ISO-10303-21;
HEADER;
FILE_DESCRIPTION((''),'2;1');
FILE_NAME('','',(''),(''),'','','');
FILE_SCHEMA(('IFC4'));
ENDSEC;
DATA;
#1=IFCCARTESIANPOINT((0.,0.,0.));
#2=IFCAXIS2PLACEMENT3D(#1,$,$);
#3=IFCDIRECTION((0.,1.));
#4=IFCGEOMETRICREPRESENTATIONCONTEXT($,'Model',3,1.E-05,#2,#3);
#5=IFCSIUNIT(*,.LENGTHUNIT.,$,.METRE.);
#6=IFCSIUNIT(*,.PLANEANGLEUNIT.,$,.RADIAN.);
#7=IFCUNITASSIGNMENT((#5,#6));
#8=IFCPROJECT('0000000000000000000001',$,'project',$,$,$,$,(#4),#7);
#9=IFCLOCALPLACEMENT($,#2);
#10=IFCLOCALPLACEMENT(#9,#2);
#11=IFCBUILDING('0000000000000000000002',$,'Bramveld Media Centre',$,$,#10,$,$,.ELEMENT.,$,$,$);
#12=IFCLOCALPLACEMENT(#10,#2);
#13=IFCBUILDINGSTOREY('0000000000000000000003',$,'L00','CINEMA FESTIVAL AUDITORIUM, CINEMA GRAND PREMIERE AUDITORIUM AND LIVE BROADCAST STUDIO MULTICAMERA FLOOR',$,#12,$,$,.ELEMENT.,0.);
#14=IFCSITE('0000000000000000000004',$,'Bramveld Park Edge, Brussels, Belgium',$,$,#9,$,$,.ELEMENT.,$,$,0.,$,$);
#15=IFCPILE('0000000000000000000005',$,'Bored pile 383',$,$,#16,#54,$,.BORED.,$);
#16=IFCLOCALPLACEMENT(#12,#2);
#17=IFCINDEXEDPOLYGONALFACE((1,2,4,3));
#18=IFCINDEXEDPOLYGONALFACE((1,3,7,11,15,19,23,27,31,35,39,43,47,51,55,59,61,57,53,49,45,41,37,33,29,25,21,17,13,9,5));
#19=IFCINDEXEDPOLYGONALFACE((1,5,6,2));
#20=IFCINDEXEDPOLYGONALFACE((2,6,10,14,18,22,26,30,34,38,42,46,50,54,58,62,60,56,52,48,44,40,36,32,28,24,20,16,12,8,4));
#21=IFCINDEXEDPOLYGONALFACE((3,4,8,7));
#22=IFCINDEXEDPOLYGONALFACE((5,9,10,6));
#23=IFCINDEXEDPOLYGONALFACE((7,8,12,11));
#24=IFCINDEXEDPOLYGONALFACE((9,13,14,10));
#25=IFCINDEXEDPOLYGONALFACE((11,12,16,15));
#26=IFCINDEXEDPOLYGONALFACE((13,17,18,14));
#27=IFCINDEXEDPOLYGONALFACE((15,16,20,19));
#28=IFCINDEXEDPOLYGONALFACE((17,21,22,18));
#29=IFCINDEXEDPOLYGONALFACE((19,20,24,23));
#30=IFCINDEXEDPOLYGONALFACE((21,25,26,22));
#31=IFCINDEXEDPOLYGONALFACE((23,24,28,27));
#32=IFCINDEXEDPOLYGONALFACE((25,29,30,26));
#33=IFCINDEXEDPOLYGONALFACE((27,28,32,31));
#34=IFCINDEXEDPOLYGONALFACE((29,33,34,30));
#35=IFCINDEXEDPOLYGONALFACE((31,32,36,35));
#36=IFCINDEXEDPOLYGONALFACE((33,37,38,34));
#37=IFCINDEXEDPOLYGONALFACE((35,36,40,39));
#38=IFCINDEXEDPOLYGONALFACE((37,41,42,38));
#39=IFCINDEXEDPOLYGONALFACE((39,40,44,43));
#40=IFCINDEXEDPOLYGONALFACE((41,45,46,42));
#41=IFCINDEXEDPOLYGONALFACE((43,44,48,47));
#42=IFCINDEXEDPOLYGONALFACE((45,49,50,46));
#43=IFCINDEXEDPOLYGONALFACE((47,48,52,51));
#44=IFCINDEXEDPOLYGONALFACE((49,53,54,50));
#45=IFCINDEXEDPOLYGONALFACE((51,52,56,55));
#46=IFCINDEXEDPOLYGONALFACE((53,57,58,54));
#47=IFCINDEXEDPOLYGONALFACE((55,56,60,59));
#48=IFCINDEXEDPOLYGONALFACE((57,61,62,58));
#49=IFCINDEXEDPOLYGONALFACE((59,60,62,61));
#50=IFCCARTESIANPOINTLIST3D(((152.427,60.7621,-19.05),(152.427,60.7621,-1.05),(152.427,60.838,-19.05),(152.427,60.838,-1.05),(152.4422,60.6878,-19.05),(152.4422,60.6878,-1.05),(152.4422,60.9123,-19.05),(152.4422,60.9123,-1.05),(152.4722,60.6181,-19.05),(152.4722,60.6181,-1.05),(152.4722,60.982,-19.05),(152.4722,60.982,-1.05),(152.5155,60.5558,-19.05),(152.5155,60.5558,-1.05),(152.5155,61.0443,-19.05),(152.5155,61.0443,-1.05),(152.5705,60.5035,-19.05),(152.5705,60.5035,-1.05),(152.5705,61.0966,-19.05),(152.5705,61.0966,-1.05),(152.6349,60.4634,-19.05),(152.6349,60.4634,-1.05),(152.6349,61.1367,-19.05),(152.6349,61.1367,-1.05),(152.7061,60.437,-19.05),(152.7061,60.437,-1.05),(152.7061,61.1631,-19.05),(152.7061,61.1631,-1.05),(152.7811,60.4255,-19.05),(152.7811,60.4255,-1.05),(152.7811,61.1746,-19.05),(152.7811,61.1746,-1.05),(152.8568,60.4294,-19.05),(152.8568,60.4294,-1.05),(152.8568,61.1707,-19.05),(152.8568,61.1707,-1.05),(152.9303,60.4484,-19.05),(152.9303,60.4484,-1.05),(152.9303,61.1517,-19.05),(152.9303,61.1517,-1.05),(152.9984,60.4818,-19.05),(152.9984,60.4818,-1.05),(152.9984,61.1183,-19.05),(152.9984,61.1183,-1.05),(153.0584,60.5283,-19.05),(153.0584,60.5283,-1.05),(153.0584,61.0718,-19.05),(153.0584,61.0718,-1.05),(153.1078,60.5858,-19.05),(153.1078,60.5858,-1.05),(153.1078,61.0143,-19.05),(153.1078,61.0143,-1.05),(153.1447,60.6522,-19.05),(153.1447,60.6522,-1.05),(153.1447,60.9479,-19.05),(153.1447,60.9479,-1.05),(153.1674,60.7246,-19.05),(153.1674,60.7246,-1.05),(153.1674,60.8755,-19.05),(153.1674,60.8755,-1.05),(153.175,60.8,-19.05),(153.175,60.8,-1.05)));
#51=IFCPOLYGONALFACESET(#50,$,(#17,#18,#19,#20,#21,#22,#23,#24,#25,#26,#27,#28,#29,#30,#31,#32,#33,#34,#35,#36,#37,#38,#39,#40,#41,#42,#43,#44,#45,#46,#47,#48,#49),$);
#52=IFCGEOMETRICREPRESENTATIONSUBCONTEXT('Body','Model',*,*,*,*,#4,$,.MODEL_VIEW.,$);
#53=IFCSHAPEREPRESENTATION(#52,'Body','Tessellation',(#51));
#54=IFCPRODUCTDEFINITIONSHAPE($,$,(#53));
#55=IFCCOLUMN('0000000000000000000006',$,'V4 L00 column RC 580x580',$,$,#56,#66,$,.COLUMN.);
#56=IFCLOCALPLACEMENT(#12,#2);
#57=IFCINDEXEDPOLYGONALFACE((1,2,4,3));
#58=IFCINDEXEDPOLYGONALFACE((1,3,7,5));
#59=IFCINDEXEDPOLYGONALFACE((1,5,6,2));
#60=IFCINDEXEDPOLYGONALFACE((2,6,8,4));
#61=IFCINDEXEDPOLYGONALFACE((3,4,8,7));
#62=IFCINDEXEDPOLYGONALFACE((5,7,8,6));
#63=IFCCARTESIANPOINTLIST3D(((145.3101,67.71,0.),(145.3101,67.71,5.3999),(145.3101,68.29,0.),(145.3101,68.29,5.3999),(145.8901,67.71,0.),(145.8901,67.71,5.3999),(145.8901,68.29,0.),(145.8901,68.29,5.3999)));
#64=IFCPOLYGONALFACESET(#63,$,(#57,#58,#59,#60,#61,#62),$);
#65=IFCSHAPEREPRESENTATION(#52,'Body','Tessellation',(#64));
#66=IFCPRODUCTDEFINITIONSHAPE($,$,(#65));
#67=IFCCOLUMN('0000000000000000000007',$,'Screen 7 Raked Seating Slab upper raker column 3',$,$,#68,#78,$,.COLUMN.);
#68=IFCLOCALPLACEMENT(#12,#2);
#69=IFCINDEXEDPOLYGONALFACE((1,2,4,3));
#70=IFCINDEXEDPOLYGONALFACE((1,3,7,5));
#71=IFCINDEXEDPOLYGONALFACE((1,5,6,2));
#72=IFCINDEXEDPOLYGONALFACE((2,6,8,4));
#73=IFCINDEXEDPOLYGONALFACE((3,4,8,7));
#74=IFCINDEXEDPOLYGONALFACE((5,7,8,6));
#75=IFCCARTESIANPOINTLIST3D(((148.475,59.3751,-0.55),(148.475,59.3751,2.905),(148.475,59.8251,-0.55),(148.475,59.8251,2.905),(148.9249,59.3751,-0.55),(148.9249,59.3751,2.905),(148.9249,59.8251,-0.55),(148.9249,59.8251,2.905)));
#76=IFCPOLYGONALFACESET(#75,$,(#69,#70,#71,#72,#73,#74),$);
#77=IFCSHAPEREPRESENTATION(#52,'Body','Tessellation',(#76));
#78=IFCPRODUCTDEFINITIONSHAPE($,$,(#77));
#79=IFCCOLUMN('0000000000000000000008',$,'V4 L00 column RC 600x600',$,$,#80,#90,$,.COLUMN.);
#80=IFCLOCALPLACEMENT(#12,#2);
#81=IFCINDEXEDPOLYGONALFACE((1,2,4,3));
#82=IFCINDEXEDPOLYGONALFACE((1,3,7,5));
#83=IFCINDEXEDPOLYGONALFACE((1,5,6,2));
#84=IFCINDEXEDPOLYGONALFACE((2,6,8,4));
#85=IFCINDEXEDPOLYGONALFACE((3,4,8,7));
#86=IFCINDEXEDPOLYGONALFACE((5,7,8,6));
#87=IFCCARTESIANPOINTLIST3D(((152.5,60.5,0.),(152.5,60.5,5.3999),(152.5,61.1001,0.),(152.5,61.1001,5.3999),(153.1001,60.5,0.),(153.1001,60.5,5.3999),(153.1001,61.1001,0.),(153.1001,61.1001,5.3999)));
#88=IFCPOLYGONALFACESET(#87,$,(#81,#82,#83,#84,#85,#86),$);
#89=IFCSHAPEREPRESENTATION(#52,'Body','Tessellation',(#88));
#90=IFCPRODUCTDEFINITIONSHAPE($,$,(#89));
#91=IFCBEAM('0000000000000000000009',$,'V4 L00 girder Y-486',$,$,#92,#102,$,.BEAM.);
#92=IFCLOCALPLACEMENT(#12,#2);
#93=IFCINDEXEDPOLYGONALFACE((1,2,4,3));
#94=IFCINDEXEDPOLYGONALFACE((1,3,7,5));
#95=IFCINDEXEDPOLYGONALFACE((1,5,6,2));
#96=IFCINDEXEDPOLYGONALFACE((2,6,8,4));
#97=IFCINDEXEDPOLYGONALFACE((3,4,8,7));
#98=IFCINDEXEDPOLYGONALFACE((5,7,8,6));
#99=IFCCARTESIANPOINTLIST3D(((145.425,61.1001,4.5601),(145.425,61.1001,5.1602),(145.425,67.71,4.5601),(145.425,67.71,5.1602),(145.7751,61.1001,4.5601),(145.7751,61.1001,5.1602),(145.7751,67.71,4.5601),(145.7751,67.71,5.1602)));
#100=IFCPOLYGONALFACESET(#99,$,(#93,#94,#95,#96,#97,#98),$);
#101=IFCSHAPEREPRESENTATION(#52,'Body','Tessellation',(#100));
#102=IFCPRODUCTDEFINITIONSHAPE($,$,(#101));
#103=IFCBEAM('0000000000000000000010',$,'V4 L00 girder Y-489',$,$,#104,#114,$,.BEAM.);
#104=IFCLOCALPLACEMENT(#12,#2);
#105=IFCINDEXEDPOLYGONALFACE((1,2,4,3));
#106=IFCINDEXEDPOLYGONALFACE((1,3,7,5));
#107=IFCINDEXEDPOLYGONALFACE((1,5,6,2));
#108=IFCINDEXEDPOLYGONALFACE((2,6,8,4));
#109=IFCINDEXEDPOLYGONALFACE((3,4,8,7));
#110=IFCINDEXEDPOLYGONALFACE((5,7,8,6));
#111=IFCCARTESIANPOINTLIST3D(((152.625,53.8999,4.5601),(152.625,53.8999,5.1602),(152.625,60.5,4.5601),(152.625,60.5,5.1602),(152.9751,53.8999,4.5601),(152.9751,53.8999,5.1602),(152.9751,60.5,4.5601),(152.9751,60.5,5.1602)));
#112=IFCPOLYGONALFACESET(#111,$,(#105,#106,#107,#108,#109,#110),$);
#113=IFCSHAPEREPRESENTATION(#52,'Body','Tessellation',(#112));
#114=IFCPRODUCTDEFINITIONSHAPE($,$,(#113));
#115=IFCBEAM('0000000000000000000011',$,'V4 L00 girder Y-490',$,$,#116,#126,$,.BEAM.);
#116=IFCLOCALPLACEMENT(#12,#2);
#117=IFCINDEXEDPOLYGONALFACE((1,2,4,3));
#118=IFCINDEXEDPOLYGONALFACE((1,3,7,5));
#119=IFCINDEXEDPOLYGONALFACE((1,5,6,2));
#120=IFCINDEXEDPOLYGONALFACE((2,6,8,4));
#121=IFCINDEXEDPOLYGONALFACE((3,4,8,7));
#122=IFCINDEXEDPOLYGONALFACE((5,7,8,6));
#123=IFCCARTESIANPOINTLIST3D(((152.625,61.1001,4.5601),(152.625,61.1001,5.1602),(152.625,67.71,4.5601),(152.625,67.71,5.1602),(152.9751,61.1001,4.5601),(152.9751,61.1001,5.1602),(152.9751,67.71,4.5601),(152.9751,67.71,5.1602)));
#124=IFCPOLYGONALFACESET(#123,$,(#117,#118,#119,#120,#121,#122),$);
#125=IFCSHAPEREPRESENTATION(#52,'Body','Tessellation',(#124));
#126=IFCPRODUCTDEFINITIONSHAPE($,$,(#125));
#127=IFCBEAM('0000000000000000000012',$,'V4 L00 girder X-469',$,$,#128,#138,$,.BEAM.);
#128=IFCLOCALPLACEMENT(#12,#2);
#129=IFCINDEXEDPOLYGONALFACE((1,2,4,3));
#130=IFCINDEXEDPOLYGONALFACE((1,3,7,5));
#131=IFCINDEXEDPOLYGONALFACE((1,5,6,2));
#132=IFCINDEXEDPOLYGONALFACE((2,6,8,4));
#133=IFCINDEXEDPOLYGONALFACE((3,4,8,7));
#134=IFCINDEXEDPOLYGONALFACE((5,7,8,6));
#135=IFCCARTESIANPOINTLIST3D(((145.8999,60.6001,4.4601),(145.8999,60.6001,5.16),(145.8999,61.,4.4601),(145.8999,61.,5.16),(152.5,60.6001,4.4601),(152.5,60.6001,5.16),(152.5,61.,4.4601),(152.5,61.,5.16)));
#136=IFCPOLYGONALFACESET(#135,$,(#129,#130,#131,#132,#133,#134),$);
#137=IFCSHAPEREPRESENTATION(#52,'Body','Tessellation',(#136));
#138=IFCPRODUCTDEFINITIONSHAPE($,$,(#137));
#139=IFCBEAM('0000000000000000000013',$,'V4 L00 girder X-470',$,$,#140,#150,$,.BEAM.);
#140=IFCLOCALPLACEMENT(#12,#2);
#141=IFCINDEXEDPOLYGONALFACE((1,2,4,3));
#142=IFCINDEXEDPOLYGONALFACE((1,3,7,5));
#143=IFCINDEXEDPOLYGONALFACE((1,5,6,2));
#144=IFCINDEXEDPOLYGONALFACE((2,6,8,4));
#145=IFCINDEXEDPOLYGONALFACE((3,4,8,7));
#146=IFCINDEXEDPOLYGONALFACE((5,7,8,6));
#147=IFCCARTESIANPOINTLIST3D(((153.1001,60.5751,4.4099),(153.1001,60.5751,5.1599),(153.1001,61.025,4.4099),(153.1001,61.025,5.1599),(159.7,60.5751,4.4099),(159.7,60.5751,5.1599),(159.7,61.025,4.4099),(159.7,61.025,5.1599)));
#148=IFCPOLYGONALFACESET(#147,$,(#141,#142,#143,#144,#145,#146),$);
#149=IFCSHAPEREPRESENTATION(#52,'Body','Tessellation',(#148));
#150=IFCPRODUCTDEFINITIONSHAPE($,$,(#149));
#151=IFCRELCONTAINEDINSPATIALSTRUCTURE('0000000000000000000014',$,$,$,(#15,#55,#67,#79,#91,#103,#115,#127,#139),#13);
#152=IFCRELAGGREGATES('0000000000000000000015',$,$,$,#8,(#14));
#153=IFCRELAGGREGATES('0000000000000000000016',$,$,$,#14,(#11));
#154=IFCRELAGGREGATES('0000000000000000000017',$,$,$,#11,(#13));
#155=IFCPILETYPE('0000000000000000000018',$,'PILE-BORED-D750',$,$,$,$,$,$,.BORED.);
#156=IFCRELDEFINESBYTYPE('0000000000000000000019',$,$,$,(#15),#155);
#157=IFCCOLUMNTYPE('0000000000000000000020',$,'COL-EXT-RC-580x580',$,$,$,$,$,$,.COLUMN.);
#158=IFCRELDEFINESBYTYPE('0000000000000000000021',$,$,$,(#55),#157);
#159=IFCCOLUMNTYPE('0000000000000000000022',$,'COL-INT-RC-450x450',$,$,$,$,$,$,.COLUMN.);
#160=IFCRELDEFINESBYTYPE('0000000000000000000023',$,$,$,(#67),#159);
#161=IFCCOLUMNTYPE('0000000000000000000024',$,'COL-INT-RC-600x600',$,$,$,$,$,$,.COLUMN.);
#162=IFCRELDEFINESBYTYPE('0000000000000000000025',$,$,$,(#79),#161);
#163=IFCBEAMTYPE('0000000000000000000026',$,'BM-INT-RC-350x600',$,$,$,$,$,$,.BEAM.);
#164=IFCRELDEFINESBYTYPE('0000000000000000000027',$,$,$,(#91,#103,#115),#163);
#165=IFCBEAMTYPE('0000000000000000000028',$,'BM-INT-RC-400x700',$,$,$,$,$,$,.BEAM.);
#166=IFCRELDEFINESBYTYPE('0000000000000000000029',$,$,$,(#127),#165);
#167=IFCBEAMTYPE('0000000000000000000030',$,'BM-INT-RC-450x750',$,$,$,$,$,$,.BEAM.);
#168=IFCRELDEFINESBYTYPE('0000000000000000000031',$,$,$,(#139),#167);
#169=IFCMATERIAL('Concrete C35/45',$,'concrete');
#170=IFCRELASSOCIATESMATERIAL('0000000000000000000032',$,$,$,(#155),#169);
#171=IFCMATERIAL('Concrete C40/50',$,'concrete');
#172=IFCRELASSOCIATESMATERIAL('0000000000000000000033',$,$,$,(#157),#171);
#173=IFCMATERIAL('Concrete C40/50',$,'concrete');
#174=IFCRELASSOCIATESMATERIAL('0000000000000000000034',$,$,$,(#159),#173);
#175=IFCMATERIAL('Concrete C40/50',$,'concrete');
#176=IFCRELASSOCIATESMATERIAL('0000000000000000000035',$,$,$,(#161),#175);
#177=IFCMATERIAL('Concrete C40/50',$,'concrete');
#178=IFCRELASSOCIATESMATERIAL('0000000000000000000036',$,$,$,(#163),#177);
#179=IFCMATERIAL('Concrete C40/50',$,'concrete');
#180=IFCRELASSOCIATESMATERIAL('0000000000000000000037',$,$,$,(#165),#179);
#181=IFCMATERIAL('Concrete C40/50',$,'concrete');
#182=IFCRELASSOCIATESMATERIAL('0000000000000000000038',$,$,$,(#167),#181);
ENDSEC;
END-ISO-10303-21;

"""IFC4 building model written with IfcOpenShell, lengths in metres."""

from ifc_helpers import new_model, si_unit, direction, frame, origin, origin_2d, place, context, subcontext, project, spatial, rectangle, circle, extrude, material, material_profile, profile_set, type_object, element, save


model = new_model("IFC4")

# Units and contexts
model_context = context("Model", 3, precision=1e-05, world=origin(), true_north=direction((0.0, 1.0)))
body_context = subcontext(model_context, "Body", "Model", "MODEL_VIEW")
ifc_project = project(units=[si_unit("LENGTHUNIT", "METRE"), si_unit("PLANEANGLEUNIT", "RADIAN")], contexts=[model_context])

# Site, building, storey
site_placement = place(None, origin())
site = spatial("IfcSite", under=ifc_project, at=site_placement, Name="Bramveld Park Edge, Brussels, Belgium", CompositionType="ELEMENT", RefElevation=0.0)
building_placement = place(site_placement, origin())
building = spatial("IfcBuilding", under=site, at=building_placement, Name="Bramveld Media Centre", CompositionType="ELEMENT")
storey_placement = place(building_placement, origin())
storey = spatial("IfcBuildingStorey", under=building, at=storey_placement, Name="L00", Description="CINEMA FESTIVAL AUDITORIUM, CINEMA GRAND PREMIERE AUDITORIUM AND LIVE BROADCAST STUDIO MULTICAMERA FLOOR", CompositionType="ELEMENT", Elevation=0.0)

# Pile
ifc_material_1 = material(Name="Concrete C35/45", Category="concrete")
ifc_material_profile_1 = material_profile(ifc_material_1, circle(Radius=0.375, at=origin_2d()), Name="BORED D750")
ifc_profile_set_1 = profile_set([ifc_material_profile_1], Name="Concrete C35/45")
pile_type = type_object("IfcPileType", Name="PILE-BORED-D750", PredefinedType="BORED", material=ifc_profile_set_1)
for number, where, z_axis, x_axis, name in (
    (1, (152.8, 60.8, -1.05), (0.0, 0.0, -1.0), (1.0, 0.0, 0.0), "Bored pile 383"),
):
    element("IfcPile", number, at=place(storey_placement, frame(where, z_axis=z_axis, x_axis=x_axis)), inside=storey, type_object=pile_type, Name=name, PredefinedType="BORED", context=body_context, shape_type="SweptSolid", body=[
        extrude(circle(Radius=0.375, at=origin_2d()), origin(), (0.0, 0.0, 1.0), 18.0),
    ])

# Columns
ifc_material_2 = material(Name="Concrete C40/50", Category="concrete")
ifc_material_profile_2 = material_profile(ifc_material_2, rectangle(XDim=0.5801, YDim=0.5801, at=origin_2d()), Name="RC 580x580")
ifc_profile_set_2 = profile_set([ifc_material_profile_2], Name="Concrete C40/50")
column_type_1 = type_object("IfcColumnType", Name="COL-EXT-RC-580x580", PredefinedType="COLUMN", material=ifc_profile_set_2)
column_1_placement = place(storey_placement, frame((145.6001, 68.0, 0.0), z_axis=(0.0, 0.0, 1.0), x_axis=(1.0, 0.0, 0.0)))
element("IfcColumn", 2, at=column_1_placement, inside=storey, type_object=column_type_1, Name="V4 L00 column RC 580x580", PredefinedType="COLUMN", context=body_context, shape_type="SweptSolid", body=[
    extrude(rectangle(XDim=0.5801, YDim=0.5801, at=origin_2d()), origin(), (0.0, 0.0, 1.0), 5.3999),
])
ifc_material_3 = material(Name="Concrete C40/50", Category="concrete")
ifc_material_profile_3 = material_profile(ifc_material_3, rectangle(XDim=0.45, YDim=0.45, at=origin_2d()), Name="RC 450x450")
ifc_profile_set_3 = profile_set([ifc_material_profile_3], Name="Concrete C40/50")
column_type_2 = type_object("IfcColumnType", Name="COL-INT-RC-450x450", PredefinedType="COLUMN", material=ifc_profile_set_3)
column_2_placement = place(storey_placement, frame((148.7, 59.6001, -0.55), z_axis=(0.0, 0.0, 1.0), x_axis=(1.0, 0.0, 0.0)))
element("IfcColumn", 3, at=column_2_placement, inside=storey, type_object=column_type_2, Name="Screen 7 Raked Seating Slab upper raker column 3", PredefinedType="COLUMN", context=body_context, shape_type="SweptSolid", body=[
    extrude(rectangle(XDim=0.45, YDim=0.45, at=origin_2d()), origin(), (0.0, 0.0, 1.0), 3.4551),
])
ifc_material_4 = material(Name="Concrete C40/50", Category="concrete")
ifc_material_profile_4 = material_profile(ifc_material_4, rectangle(XDim=0.6001, YDim=0.6001, at=origin_2d()), Name="RC 600x600")
ifc_profile_set_4 = profile_set([ifc_material_profile_4], Name="Concrete C40/50")
column_type_3 = type_object("IfcColumnType", Name="COL-INT-RC-600x600", PredefinedType="COLUMN", material=ifc_profile_set_4)
column_3_placement = place(storey_placement, frame((152.8, 60.8, 0.0), z_axis=(0.0, 0.0, 1.0), x_axis=(1.0, 0.0, 0.0)))
element("IfcColumn", 4, at=column_3_placement, inside=storey, type_object=column_type_3, Name="V4 L00 column RC 600x600", PredefinedType="COLUMN", context=body_context, shape_type="SweptSolid", body=[
    extrude(rectangle(XDim=0.6001, YDim=0.6001, at=origin_2d()), origin(), (0.0, 0.0, 1.0), 5.3999),
])

# Beams
ifc_material_5 = material(Name="Concrete C40/50", Category="concrete")
ifc_material_profile_5 = material_profile(ifc_material_5, rectangle(XDim=0.3501, YDim=0.6001, at=origin_2d()), Name="RC 350x600")
ifc_profile_set_5 = profile_set([ifc_material_profile_5], Name="Concrete C40/50")
beam_type_1 = type_object("IfcBeamType", Name="BM-INT-RC-350x600", PredefinedType="BEAM", material=ifc_profile_set_5)
beam_1_placement = place(storey_placement, frame((145.6001, 61.1001, 4.8601), z_axis=(0.0, 1.0, 0.0), x_axis=(-1.0, 0.0, 0.0)))
element("IfcBeam", 5, at=beam_1_placement, inside=storey, type_object=beam_type_1, Name="V4 L00 girder Y-486", PredefinedType="BEAM", context=body_context, shape_type="SweptSolid", body=[
    extrude(rectangle(XDim=0.3501, YDim=0.6001, at=origin_2d()), origin(), (0.0, 0.0, 1.0), 6.6099),
])
beam_2_placement = place(storey_placement, frame((152.8, 53.8999, 4.8601), z_axis=(0.0, 1.0, 0.0), x_axis=(-1.0, 0.0, 0.0)))
element("IfcBeam", 6, at=beam_2_placement, inside=storey, type_object=beam_type_1, Name="V4 L00 girder Y-489", PredefinedType="BEAM", context=body_context, shape_type="SweptSolid", body=[
    extrude(rectangle(XDim=0.3501, YDim=0.6001, at=origin_2d()), origin(), (0.0, 0.0, 1.0), 6.6001),
])
beam_3_placement = place(storey_placement, frame((152.8, 61.1001, 4.8601), z_axis=(0.0, 1.0, 0.0), x_axis=(-1.0, 0.0, 0.0)))
element("IfcBeam", 7, at=beam_3_placement, inside=storey, type_object=beam_type_1, Name="V4 L00 girder Y-490", PredefinedType="BEAM", context=body_context, shape_type="SweptSolid", body=[
    extrude(rectangle(XDim=0.3501, YDim=0.6001, at=origin_2d()), origin(), (0.0, 0.0, 1.0), 6.6099),
])
ifc_material_6 = material(Name="Concrete C40/50", Category="concrete")
ifc_material_profile_6 = material_profile(ifc_material_6, rectangle(XDim=0.3999, YDim=0.7, at=origin_2d()), Name="RC 400x700")
ifc_profile_set_6 = profile_set([ifc_material_profile_6], Name="Concrete C40/50")
beam_type_2 = type_object("IfcBeamType", Name="BM-INT-RC-400x700", PredefinedType="BEAM", material=ifc_profile_set_6)
beam_4_placement = place(storey_placement, frame((145.8999, 60.8, 4.8101), z_axis=(1.0, 0.0, 0.0), x_axis=(0.0, 1.0, 0.0)))
element("IfcBeam", 8, at=beam_4_placement, inside=storey, type_object=beam_type_2, Name="V4 L00 girder X-469", PredefinedType="BEAM", context=body_context, shape_type="SweptSolid", body=[
    extrude(rectangle(XDim=0.3999, YDim=0.7, at=origin_2d()), origin(), (0.0, 0.0, 1.0), 6.6001),
])
ifc_material_7 = material(Name="Concrete C40/50", Category="concrete")
ifc_material_profile_7 = material_profile(ifc_material_7, rectangle(XDim=0.45, YDim=0.75, at=origin_2d()), Name="RC 450x750")
ifc_profile_set_7 = profile_set([ifc_material_profile_7], Name="Concrete C40/50")
beam_type_3 = type_object("IfcBeamType", Name="BM-INT-RC-450x750", PredefinedType="BEAM", material=ifc_profile_set_7)
beam_5_placement = place(storey_placement, frame((153.1001, 60.8, 4.7849), z_axis=(1.0, 0.0, 0.0), x_axis=(0.0, 1.0, 0.0)))
element("IfcBeam", 9, at=beam_5_placement, inside=storey, type_object=beam_type_3, Name="V4 L00 girder X-470", PredefinedType="BEAM", context=body_context, shape_type="SweptSolid", body=[
    extrude(rectangle(XDim=0.45, YDim=0.75, at=origin_2d()), origin(), (0.0, 0.0, 1.0), 6.5999),
])

save(model, "model.ifc")
